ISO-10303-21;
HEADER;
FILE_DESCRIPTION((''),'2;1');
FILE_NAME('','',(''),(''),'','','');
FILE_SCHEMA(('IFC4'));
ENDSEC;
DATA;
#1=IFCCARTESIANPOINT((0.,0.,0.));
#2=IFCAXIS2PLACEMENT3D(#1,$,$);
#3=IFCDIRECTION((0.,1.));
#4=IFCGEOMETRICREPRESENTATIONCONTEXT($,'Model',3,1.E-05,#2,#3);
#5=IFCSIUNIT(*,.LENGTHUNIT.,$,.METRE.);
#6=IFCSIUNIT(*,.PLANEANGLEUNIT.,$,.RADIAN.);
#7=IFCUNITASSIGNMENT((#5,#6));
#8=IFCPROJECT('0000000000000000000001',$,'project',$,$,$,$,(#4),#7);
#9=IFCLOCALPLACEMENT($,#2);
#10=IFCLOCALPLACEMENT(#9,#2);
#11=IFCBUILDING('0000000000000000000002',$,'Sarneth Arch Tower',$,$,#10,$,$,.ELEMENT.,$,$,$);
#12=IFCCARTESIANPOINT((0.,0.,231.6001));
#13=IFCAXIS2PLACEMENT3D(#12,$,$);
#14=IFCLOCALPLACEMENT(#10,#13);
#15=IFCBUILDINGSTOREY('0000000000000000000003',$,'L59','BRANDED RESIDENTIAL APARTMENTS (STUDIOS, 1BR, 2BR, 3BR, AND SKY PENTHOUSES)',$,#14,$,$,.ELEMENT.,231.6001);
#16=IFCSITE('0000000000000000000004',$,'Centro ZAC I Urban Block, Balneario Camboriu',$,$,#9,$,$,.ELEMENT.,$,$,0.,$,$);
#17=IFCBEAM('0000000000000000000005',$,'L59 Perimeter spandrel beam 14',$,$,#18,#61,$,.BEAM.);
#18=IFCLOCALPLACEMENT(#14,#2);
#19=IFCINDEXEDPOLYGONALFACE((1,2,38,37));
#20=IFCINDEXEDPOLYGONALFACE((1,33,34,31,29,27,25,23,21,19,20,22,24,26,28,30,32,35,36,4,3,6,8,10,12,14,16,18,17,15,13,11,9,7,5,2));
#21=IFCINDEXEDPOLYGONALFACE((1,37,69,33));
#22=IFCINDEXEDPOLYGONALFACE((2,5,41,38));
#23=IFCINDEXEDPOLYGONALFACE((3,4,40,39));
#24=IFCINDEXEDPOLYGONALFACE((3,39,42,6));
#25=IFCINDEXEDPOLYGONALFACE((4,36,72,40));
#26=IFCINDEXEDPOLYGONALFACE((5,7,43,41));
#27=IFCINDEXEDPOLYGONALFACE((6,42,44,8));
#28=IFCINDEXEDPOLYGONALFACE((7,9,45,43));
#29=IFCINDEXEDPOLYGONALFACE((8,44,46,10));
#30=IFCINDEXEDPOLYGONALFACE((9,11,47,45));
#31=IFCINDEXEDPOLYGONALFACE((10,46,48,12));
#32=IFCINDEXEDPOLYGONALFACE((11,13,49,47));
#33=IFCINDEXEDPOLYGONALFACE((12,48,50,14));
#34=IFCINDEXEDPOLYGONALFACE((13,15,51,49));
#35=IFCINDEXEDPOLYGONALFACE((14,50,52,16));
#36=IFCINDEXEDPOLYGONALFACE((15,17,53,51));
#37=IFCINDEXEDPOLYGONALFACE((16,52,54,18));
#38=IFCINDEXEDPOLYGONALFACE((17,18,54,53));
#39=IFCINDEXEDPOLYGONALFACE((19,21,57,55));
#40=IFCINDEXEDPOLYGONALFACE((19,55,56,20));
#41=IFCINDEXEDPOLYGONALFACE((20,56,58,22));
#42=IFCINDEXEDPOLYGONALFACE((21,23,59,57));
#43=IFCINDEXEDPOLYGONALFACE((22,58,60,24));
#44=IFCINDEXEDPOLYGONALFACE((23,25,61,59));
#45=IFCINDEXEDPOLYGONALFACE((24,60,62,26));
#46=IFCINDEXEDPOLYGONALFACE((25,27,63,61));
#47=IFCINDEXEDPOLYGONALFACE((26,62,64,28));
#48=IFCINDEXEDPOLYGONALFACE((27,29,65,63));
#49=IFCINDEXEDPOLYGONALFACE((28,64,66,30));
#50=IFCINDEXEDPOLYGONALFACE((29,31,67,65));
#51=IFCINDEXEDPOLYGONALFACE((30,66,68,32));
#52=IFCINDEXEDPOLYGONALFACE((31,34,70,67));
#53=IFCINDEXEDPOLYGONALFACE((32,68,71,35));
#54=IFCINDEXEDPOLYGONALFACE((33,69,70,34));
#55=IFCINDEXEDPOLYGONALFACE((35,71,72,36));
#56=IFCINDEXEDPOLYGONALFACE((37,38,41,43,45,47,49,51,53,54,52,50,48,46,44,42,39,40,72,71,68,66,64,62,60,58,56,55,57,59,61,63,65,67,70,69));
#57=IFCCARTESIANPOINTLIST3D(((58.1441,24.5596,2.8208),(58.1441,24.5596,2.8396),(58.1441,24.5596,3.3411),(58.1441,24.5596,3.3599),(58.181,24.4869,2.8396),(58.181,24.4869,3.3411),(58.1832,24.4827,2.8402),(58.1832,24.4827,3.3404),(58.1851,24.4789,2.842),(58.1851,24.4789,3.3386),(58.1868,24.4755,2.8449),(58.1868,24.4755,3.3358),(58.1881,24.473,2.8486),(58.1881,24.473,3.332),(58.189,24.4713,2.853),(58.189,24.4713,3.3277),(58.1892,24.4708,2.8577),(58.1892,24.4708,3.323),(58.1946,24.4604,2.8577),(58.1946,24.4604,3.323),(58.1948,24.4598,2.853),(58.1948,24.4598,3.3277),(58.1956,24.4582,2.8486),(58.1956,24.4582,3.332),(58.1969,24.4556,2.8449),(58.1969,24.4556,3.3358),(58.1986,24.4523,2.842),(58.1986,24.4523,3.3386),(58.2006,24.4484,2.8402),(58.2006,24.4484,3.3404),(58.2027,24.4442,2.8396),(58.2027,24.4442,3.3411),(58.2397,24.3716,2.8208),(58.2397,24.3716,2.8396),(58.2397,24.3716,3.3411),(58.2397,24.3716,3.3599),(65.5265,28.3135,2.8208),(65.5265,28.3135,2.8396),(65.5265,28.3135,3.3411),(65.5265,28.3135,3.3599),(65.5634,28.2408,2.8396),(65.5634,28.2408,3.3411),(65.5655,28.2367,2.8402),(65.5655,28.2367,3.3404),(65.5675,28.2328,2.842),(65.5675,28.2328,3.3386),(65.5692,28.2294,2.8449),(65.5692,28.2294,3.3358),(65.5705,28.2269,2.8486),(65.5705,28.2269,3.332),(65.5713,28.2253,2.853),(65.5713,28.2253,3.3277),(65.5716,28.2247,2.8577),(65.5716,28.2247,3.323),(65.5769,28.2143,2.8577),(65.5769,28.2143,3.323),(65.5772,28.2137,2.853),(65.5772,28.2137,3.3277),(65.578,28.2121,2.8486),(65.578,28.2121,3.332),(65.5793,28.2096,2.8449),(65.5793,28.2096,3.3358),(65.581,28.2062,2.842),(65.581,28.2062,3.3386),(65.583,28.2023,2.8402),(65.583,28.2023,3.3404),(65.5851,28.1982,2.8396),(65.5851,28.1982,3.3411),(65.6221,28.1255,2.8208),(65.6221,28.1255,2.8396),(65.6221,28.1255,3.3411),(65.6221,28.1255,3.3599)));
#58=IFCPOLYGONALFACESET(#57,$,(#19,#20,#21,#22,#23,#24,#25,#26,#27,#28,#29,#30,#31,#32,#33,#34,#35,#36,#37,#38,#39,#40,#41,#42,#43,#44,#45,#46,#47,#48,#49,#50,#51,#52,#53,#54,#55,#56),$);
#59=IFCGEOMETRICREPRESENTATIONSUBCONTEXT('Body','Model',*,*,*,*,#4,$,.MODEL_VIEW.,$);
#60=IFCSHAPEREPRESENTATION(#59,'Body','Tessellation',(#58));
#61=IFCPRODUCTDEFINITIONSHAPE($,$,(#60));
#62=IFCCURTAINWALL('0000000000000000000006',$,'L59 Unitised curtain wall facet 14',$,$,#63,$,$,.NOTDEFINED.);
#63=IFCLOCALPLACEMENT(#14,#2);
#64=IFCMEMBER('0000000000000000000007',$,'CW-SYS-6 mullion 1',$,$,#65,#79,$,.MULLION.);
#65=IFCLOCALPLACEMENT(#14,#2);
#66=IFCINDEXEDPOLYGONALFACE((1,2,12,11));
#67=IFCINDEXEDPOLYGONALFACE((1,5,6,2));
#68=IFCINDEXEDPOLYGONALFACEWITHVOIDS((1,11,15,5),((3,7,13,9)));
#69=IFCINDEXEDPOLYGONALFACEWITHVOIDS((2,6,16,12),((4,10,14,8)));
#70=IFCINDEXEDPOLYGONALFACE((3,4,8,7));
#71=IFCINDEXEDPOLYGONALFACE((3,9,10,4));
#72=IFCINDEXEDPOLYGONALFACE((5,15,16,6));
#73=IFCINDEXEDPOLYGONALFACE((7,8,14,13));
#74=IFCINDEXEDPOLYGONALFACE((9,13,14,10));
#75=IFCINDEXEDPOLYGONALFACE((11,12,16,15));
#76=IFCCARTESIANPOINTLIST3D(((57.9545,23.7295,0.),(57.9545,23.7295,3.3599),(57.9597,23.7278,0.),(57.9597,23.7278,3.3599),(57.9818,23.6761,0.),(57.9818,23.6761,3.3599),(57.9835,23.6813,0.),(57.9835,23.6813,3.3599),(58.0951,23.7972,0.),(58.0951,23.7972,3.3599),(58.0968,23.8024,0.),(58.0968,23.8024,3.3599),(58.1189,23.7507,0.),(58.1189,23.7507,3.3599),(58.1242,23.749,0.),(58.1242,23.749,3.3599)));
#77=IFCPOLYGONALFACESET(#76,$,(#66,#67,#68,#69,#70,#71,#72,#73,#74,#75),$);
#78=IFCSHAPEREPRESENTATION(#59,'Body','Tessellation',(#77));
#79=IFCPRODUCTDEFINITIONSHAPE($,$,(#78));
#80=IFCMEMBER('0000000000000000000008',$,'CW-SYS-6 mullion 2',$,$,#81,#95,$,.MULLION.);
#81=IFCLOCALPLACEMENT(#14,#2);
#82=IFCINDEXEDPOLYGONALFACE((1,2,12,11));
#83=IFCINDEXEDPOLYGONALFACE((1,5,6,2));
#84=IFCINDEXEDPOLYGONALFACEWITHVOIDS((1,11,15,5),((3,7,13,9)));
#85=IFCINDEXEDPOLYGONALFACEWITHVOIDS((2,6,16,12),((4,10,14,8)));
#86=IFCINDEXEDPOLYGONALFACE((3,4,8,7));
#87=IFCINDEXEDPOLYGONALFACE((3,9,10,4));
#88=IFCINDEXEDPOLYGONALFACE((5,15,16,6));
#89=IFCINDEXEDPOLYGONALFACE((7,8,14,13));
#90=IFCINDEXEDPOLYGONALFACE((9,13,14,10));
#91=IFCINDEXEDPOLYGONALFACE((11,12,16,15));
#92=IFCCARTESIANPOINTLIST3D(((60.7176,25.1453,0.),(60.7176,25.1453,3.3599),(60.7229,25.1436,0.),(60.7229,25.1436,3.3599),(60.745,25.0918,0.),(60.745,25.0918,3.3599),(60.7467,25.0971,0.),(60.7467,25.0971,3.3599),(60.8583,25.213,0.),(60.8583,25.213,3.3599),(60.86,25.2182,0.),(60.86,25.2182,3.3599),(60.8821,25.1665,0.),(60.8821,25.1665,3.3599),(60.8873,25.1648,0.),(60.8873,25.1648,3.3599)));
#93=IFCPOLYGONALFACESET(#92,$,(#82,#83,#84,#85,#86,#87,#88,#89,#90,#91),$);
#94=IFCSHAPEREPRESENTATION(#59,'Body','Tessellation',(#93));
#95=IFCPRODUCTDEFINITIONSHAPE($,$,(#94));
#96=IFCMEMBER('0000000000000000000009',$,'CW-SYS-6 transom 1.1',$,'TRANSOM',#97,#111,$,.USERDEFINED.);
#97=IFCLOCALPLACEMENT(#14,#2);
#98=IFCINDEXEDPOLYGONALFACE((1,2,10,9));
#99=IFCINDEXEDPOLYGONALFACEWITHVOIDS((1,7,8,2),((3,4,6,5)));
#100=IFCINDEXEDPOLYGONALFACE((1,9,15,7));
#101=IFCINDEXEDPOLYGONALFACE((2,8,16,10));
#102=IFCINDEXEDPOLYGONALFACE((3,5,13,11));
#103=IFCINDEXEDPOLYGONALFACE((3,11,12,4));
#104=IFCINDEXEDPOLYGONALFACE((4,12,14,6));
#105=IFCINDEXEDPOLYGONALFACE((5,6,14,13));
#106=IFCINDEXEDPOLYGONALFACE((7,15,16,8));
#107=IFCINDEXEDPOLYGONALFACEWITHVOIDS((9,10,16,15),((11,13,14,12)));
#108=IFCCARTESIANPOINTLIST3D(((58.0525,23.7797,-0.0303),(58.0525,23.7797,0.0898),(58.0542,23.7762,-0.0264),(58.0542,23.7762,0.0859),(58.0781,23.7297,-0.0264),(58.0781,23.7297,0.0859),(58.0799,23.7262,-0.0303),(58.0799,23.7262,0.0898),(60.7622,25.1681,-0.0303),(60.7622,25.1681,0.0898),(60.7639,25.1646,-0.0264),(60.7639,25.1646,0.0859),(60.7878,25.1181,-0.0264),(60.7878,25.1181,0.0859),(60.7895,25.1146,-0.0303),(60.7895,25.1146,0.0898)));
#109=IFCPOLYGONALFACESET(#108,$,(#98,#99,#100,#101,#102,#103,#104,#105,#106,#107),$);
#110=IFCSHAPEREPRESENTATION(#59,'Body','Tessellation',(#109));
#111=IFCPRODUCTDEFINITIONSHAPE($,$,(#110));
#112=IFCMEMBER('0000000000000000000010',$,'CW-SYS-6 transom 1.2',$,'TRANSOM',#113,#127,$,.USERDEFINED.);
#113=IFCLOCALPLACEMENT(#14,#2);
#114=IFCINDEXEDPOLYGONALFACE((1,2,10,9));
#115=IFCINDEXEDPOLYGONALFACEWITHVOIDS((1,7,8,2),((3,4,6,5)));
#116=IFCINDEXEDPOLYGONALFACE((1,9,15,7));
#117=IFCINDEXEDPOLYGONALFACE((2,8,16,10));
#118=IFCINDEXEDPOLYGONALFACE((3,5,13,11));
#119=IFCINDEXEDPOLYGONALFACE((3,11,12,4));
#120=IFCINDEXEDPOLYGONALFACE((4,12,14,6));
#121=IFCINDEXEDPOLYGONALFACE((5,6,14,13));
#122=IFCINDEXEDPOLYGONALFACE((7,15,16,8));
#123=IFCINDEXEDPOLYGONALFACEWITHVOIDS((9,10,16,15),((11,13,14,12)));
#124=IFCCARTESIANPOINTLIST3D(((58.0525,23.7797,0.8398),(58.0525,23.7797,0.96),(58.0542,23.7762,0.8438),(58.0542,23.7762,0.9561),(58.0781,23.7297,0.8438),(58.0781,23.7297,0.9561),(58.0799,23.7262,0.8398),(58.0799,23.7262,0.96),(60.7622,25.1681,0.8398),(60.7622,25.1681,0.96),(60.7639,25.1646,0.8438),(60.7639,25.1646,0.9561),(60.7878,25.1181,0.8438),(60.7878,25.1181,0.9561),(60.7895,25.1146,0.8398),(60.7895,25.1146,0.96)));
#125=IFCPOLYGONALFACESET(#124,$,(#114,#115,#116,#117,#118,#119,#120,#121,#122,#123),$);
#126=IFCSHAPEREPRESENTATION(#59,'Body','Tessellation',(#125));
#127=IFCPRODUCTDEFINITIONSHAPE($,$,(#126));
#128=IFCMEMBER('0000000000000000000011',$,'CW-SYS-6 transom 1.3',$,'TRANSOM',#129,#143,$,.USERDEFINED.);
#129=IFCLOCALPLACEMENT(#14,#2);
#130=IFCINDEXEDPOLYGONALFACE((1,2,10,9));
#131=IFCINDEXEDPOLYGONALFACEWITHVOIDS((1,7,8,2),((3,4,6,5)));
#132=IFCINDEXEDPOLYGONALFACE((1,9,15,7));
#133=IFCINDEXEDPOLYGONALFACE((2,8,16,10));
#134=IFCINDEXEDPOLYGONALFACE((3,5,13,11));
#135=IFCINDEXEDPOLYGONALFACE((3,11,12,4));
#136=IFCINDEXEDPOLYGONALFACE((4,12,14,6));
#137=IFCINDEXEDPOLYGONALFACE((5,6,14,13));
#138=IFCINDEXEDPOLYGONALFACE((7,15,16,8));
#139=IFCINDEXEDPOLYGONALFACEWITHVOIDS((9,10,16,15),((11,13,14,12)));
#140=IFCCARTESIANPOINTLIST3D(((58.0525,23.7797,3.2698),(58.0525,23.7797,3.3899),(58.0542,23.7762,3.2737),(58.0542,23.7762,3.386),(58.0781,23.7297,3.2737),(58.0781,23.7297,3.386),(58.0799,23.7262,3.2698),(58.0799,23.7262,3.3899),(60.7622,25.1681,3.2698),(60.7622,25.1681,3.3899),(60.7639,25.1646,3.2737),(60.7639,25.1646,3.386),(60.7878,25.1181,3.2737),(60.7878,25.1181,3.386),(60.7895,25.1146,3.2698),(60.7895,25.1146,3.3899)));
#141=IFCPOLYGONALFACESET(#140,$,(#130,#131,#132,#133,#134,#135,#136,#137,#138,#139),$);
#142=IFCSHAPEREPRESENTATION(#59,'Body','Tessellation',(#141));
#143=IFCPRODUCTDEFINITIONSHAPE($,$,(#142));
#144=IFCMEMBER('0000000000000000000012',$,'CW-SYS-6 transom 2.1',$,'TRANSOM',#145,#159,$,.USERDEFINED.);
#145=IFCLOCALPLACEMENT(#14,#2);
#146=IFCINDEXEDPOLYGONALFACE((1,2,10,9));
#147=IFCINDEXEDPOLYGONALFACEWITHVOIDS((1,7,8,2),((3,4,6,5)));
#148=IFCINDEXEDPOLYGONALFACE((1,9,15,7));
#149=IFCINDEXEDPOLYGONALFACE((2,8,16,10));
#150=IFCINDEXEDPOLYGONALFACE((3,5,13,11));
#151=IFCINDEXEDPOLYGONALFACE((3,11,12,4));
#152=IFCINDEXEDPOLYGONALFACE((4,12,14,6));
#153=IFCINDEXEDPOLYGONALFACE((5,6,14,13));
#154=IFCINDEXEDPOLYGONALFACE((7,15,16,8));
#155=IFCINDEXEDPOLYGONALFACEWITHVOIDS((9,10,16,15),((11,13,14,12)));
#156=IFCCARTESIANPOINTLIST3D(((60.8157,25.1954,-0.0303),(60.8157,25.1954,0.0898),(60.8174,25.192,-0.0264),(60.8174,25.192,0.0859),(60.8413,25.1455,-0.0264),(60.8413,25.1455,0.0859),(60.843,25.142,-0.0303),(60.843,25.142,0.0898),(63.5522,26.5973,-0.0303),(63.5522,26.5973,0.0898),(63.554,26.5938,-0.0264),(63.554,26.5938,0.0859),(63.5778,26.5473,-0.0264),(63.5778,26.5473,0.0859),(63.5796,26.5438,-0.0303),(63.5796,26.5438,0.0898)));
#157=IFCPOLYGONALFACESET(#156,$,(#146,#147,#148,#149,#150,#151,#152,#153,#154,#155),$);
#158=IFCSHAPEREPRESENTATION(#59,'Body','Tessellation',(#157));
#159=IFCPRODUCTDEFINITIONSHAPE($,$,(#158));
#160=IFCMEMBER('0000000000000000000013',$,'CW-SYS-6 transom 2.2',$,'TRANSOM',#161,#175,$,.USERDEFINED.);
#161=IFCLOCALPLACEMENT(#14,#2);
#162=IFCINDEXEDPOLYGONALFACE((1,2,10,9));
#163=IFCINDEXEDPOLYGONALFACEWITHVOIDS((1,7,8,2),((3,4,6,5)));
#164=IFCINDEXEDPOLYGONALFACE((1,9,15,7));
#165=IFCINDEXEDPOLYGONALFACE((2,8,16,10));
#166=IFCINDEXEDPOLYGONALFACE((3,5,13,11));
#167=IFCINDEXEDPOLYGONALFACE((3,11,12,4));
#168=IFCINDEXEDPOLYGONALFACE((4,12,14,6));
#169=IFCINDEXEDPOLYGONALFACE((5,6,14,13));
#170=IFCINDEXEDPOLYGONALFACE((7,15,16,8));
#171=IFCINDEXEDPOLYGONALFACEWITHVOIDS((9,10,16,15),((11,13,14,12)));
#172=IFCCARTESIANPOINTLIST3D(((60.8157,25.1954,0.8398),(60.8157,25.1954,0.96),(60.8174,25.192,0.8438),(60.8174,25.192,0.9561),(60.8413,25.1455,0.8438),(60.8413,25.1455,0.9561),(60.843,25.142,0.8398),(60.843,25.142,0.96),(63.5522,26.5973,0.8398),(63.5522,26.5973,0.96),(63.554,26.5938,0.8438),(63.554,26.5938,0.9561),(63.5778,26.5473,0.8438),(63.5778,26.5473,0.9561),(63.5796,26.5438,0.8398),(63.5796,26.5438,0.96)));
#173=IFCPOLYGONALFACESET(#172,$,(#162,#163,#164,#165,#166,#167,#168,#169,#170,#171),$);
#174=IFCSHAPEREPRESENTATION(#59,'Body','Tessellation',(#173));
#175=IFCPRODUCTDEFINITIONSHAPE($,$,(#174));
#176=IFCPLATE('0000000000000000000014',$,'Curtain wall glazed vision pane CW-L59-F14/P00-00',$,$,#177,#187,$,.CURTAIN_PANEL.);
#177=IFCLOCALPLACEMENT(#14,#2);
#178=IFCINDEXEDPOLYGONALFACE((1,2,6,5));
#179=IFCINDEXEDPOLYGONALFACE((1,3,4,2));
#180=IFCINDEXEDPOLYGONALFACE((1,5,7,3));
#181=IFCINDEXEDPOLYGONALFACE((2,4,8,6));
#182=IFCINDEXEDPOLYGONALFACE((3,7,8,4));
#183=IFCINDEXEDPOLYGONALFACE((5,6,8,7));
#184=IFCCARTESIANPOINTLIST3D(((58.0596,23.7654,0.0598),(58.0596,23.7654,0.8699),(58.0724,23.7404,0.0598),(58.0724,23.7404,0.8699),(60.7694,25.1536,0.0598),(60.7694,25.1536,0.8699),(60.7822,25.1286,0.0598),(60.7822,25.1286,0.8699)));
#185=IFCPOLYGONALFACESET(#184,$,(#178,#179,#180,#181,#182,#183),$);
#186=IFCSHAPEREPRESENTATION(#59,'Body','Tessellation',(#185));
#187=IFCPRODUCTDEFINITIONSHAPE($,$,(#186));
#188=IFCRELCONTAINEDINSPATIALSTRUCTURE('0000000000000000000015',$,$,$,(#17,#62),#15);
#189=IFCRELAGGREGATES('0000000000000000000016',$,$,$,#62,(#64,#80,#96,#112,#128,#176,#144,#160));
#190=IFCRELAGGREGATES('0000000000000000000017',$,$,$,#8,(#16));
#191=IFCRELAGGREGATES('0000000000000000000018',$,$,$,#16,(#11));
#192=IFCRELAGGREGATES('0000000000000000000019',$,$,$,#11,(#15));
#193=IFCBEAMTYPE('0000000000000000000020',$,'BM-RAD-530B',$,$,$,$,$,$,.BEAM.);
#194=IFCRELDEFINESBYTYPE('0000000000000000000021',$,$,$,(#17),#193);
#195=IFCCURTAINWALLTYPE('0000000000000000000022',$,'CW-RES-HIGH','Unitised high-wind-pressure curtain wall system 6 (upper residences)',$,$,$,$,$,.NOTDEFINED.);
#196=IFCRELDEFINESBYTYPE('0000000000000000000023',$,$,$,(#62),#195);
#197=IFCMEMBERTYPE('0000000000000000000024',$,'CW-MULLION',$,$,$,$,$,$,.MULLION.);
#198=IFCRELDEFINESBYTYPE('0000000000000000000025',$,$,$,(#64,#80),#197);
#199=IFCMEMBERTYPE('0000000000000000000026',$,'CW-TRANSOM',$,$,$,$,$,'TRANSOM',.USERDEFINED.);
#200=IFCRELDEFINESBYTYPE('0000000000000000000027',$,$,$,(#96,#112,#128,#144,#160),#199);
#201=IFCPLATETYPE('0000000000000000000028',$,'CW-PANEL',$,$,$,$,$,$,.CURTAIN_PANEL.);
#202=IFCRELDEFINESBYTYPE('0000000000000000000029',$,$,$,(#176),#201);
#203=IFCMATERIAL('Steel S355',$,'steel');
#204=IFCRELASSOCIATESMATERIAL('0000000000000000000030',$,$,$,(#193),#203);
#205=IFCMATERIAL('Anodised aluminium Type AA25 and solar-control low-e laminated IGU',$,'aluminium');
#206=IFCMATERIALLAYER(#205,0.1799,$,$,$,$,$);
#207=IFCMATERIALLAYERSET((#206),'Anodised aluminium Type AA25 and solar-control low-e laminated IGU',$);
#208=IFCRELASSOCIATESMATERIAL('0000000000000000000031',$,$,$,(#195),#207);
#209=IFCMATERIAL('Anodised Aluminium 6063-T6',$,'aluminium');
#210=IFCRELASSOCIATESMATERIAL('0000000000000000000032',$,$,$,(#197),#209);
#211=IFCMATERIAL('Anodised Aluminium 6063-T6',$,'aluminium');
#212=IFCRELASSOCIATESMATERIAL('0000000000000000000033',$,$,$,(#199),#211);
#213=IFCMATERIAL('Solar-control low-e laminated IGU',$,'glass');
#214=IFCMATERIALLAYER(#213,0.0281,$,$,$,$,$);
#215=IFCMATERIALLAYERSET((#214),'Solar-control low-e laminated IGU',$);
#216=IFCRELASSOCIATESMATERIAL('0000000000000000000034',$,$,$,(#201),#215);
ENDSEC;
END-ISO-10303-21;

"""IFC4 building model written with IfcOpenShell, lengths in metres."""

from ifc_helpers import new_model, si_unit, direction, frame, origin, origin_2d, place, context, subcontext, project, spatial, rectangle, hollow_rectangle, i_section, extrude, material, layer, layer_set, material_profile, profile_set, type_object, element, aggregate, save


model = new_model("IFC4")

# Units and contexts
model_context = context("Model", 3, precision=1e-05, world=origin(), true_north=direction((0.0, 1.0)))
body_context = subcontext(model_context, "Body", "Model", "MODEL_VIEW")
ifc_project = project(units=[si_unit("LENGTHUNIT", "METRE"), si_unit("PLANEANGLEUNIT", "RADIAN")], contexts=[model_context])

# Site, building, storey
site_placement = place(None, origin())
site = spatial("IfcSite", under=ifc_project, at=site_placement, Name="Centro ZAC I Urban Block, Balneario Camboriu", CompositionType="ELEMENT", RefElevation=0.0)
building_placement = place(site_placement, origin())
building = spatial("IfcBuilding", under=site, at=building_placement, Name="Sarneth Arch Tower", CompositionType="ELEMENT")
storey_placement = place(building_placement, frame((0.0, 0.0, 231.6001)))
storey = spatial("IfcBuildingStorey", under=building, at=storey_placement, Name="L59", Description="BRANDED RESIDENTIAL APARTMENTS (STUDIOS, 1BR, 2BR, 3BR, AND SKY PENTHOUSES)", CompositionType="ELEMENT", Elevation=231.6001)

# Beam
ifc_material_1 = material(Name="Steel S355", Category="steel")
ifc_material_profile_1 = material_profile(ifc_material_1, i_section(OverallWidth=0.2109, OverallDepth=0.5391, WebThickness=0.0117, FlangeThickness=0.0188, FilletRadius=0.0181, at=origin_2d()), Name="W530x109")
ifc_profile_set_1 = profile_set([ifc_material_profile_1], Name="Steel S355")
beam_type_1 = type_object("IfcBeamType", Name="BM-RAD-530B", PredefinedType="BEAM", material=ifc_profile_set_1)
beam_1_placement = place(storey_placement, frame((58.1919, 24.4656, 3.0903), z_axis=(0.891376, 0.453264, 0.0), x_axis=(-0.453264, 0.891376, 0.0)))
element("IfcBeam", 1, at=beam_1_placement, inside=storey, type_object=beam_type_1, Name="L59 Perimeter spandrel beam 14", PredefinedType="BEAM", context=body_context, shape_type="SweptSolid", body=[
    extrude(i_section(OverallWidth=0.2109, OverallDepth=0.5391, WebThickness=0.0117, FlangeThickness=0.0188, FilletRadius=0.0181, at=origin_2d()), origin(), (0.0, 0.0, 1.0), 8.282),
])

# Curtain wall, members, plate
ifc_material_2 = material(Name="Anodised aluminium Type AA25 and solar-control low-e laminated IGU", Category="aluminium")
ifc_layer_1 = layer(ifc_material_2, 0.1799)
ifc_layer_set_1 = layer_set([ifc_layer_1], Name="Anodised aluminium Type AA25 and solar-control low-e laminated IGU")
curtain_wall_type = type_object("IfcCurtainWallType", Name="CW-RES-HIGH", Description="Unitised high-wind-pressure curtain wall system 6 (upper residences)", PredefinedType="NOTDEFINED", material=ifc_layer_set_1)
curtain_wall_placement = place(storey_placement, origin())
curtain_wall = element("IfcCurtainWall", 2, at=curtain_wall_placement, inside=storey, type_object=curtain_wall_type, Name="L59 Unitised curtain wall facet 14", PredefinedType="NOTDEFINED")
ifc_material_3 = material(Name="Anodised Aluminium 6063-T6", Category="aluminium")
ifc_material_profile_2 = material_profile(ifc_material_3, hollow_rectangle(XDim=0.0601, YDim=0.1599, WallThickness=0.0039, at=origin_2d()), Name="AL-MULL-160x60x4")
ifc_profile_set_2 = profile_set([ifc_material_profile_2], Name="Anodised Aluminium 6063-T6")
member_type_1 = type_object("IfcMemberType", Name="CW-MULLION", PredefinedType="MULLION", material=ifc_profile_set_2)
member_1_placement = place(storey_placement, frame((58.0393, 23.7393, 0.0), z_axis=(0.0, 0.0, 1.0), x_axis=(-0.455942, 0.89001, 0.0)))
member_1 = element("IfcMember", 3, at=member_1_placement, type_object=member_type_1, Name="CW-SYS-6 mullion 1", PredefinedType="MULLION", context=body_context, shape_type="SweptSolid", body=[
    extrude(hollow_rectangle(XDim=0.0601, YDim=0.1599, WallThickness=0.0039, at=origin_2d()), origin(), (0.0, 0.0, 1.0), 3.3599),
])
member_2_placement = place(storey_placement, frame((60.8025, 25.155, 0.0), z_axis=(0.0, 0.0, 1.0), x_axis=(-0.455942, 0.89001, 0.0)))
member_2 = element("IfcMember", 4, at=member_2_placement, type_object=member_type_1, Name="CW-SYS-6 mullion 2", PredefinedType="MULLION", context=body_context, shape_type="SweptSolid", body=[
    extrude(hollow_rectangle(XDim=0.0601, YDim=0.1599, WallThickness=0.0039, at=origin_2d()), origin(), (0.0, 0.0, 1.0), 3.3599),
])
ifc_material_4 = material(Name="Anodised Aluminium 6063-T6", Category="aluminium")
ifc_material_profile_3 = material_profile(ifc_material_4, hollow_rectangle(XDim=0.0601, YDim=0.1201, WallThickness=0.0039, at=origin_2d()), Name="AL-TRAN-120x60x4")
ifc_profile_set_3 = profile_set([ifc_material_profile_3], Name="Anodised Aluminium 6063-T6")
member_type_2 = type_object("IfcMemberType", Name="CW-TRANSOM", ElementType="TRANSOM", PredefinedType="USERDEFINED", material=ifc_profile_set_3)
member_3_placement = place(storey_placement, frame((58.0662, 23.7529, 0.0298), z_axis=(0.889974, 0.456012, 0.0), x_axis=(-0.456012, 0.889974, 0.0)))
member_3 = element("IfcMember", 5, at=member_3_placement, type_object=member_type_2, Name="CW-SYS-6 transom 1.1", ObjectType="TRANSOM", PredefinedType="USERDEFINED", context=body_context, shape_type="SweptSolid", body=[
    extrude(hollow_rectangle(XDim=0.0601, YDim=0.1201, WallThickness=0.0039, at=origin_2d()), origin(), (0.0, 0.0, 1.0), 3.0447),
])
member_4_placement = place(storey_placement, frame((58.0662, 23.7529, 0.8999), z_axis=(0.889974, 0.456012, 0.0), x_axis=(-0.456012, 0.889974, 0.0)))
member_4 = element("IfcMember", 6, at=member_4_placement, type_object=member_type_2, Name="CW-SYS-6 transom 1.2", ObjectType="TRANSOM", PredefinedType="USERDEFINED", context=body_context, shape_type="SweptSolid", body=[
    extrude(hollow_rectangle(XDim=0.0601, YDim=0.1201, WallThickness=0.0039, at=origin_2d()), origin(), (0.0, 0.0, 1.0), 3.0447),
])
member_5_placement = place(storey_placement, frame((58.0662, 23.7529, 3.3298), z_axis=(0.889974, 0.456012, 0.0), x_axis=(-0.456012, 0.889974, 0.0)))
member_5 = element("IfcMember", 7, at=member_5_placement, type_object=member_type_2, Name="CW-SYS-6 transom 1.3", ObjectType="TRANSOM", PredefinedType="USERDEFINED", context=body_context, shape_type="SweptSolid", body=[
    extrude(hollow_rectangle(XDim=0.0601, YDim=0.1201, WallThickness=0.0039, at=origin_2d()), origin(), (0.0, 0.0, 1.0), 3.0447),
])
member_6_placement = place(storey_placement, frame((60.8293, 25.1687, 0.0298), z_axis=(0.890017, 0.455926, 0.0), x_axis=(-0.455926, 0.890017, 0.0)))
member_6 = element("IfcMember", 8, at=member_6_placement, type_object=member_type_2, Name="CW-SYS-6 transom 2.1", ObjectType="TRANSOM", PredefinedType="USERDEFINED", context=body_context, shape_type="SweptSolid", body=[
    extrude(hollow_rectangle(XDim=0.0601, YDim=0.1201, WallThickness=0.0039, at=origin_2d()), origin(), (0.0, 0.0, 1.0), 3.0747),
])
member_7_placement = place(storey_placement, frame((60.8293, 25.1687, 0.8999), z_axis=(0.890017, 0.455926, 0.0), x_axis=(-0.455926, 0.890017, 0.0)))
member_7 = element("IfcMember", 9, at=member_7_placement, type_object=member_type_2, Name="CW-SYS-6 transom 2.2", ObjectType="TRANSOM", PredefinedType="USERDEFINED", context=body_context, shape_type="SweptSolid", body=[
    extrude(hollow_rectangle(XDim=0.0601, YDim=0.1201, WallThickness=0.0039, at=origin_2d()), origin(), (0.0, 0.0, 1.0), 3.0747),
])
ifc_material_5 = material(Name="Solar-control low-e laminated IGU", Category="glass")
ifc_layer_2 = layer(ifc_material_5, 0.0281)
ifc_layer_set_2 = layer_set([ifc_layer_2], Name="Solar-control low-e laminated IGU")
plate_type_1 = type_object("IfcPlateType", Name="CW-PANEL", PredefinedType="CURTAIN_PANEL", material=ifc_layer_set_2)
plate_1_placement = place(storey_placement, frame((59.4209, 24.447, 0.0598), z_axis=(0.0, 0.0, 1.0), x_axis=(0.89001, 0.455942, 0.0)))
plate_1 = element("IfcPlate", 10, at=plate_1_placement, type_object=plate_type_1, Name="Curtain wall glazed vision pane CW-L59-F14/P00-00", PredefinedType="CURTAIN_PANEL", context=body_context, shape_type="SweptSolid", body=[
    extrude(rectangle(XDim=3.0447, YDim=0.0281, at=origin_2d()), origin(), (0.0, 0.0, 1.0), 0.8101),
])
aggregate(curtain_wall, [member_1, member_2, member_3, member_4, member_5, plate_1, member_6, member_7])

save(model, "model.ifc")
